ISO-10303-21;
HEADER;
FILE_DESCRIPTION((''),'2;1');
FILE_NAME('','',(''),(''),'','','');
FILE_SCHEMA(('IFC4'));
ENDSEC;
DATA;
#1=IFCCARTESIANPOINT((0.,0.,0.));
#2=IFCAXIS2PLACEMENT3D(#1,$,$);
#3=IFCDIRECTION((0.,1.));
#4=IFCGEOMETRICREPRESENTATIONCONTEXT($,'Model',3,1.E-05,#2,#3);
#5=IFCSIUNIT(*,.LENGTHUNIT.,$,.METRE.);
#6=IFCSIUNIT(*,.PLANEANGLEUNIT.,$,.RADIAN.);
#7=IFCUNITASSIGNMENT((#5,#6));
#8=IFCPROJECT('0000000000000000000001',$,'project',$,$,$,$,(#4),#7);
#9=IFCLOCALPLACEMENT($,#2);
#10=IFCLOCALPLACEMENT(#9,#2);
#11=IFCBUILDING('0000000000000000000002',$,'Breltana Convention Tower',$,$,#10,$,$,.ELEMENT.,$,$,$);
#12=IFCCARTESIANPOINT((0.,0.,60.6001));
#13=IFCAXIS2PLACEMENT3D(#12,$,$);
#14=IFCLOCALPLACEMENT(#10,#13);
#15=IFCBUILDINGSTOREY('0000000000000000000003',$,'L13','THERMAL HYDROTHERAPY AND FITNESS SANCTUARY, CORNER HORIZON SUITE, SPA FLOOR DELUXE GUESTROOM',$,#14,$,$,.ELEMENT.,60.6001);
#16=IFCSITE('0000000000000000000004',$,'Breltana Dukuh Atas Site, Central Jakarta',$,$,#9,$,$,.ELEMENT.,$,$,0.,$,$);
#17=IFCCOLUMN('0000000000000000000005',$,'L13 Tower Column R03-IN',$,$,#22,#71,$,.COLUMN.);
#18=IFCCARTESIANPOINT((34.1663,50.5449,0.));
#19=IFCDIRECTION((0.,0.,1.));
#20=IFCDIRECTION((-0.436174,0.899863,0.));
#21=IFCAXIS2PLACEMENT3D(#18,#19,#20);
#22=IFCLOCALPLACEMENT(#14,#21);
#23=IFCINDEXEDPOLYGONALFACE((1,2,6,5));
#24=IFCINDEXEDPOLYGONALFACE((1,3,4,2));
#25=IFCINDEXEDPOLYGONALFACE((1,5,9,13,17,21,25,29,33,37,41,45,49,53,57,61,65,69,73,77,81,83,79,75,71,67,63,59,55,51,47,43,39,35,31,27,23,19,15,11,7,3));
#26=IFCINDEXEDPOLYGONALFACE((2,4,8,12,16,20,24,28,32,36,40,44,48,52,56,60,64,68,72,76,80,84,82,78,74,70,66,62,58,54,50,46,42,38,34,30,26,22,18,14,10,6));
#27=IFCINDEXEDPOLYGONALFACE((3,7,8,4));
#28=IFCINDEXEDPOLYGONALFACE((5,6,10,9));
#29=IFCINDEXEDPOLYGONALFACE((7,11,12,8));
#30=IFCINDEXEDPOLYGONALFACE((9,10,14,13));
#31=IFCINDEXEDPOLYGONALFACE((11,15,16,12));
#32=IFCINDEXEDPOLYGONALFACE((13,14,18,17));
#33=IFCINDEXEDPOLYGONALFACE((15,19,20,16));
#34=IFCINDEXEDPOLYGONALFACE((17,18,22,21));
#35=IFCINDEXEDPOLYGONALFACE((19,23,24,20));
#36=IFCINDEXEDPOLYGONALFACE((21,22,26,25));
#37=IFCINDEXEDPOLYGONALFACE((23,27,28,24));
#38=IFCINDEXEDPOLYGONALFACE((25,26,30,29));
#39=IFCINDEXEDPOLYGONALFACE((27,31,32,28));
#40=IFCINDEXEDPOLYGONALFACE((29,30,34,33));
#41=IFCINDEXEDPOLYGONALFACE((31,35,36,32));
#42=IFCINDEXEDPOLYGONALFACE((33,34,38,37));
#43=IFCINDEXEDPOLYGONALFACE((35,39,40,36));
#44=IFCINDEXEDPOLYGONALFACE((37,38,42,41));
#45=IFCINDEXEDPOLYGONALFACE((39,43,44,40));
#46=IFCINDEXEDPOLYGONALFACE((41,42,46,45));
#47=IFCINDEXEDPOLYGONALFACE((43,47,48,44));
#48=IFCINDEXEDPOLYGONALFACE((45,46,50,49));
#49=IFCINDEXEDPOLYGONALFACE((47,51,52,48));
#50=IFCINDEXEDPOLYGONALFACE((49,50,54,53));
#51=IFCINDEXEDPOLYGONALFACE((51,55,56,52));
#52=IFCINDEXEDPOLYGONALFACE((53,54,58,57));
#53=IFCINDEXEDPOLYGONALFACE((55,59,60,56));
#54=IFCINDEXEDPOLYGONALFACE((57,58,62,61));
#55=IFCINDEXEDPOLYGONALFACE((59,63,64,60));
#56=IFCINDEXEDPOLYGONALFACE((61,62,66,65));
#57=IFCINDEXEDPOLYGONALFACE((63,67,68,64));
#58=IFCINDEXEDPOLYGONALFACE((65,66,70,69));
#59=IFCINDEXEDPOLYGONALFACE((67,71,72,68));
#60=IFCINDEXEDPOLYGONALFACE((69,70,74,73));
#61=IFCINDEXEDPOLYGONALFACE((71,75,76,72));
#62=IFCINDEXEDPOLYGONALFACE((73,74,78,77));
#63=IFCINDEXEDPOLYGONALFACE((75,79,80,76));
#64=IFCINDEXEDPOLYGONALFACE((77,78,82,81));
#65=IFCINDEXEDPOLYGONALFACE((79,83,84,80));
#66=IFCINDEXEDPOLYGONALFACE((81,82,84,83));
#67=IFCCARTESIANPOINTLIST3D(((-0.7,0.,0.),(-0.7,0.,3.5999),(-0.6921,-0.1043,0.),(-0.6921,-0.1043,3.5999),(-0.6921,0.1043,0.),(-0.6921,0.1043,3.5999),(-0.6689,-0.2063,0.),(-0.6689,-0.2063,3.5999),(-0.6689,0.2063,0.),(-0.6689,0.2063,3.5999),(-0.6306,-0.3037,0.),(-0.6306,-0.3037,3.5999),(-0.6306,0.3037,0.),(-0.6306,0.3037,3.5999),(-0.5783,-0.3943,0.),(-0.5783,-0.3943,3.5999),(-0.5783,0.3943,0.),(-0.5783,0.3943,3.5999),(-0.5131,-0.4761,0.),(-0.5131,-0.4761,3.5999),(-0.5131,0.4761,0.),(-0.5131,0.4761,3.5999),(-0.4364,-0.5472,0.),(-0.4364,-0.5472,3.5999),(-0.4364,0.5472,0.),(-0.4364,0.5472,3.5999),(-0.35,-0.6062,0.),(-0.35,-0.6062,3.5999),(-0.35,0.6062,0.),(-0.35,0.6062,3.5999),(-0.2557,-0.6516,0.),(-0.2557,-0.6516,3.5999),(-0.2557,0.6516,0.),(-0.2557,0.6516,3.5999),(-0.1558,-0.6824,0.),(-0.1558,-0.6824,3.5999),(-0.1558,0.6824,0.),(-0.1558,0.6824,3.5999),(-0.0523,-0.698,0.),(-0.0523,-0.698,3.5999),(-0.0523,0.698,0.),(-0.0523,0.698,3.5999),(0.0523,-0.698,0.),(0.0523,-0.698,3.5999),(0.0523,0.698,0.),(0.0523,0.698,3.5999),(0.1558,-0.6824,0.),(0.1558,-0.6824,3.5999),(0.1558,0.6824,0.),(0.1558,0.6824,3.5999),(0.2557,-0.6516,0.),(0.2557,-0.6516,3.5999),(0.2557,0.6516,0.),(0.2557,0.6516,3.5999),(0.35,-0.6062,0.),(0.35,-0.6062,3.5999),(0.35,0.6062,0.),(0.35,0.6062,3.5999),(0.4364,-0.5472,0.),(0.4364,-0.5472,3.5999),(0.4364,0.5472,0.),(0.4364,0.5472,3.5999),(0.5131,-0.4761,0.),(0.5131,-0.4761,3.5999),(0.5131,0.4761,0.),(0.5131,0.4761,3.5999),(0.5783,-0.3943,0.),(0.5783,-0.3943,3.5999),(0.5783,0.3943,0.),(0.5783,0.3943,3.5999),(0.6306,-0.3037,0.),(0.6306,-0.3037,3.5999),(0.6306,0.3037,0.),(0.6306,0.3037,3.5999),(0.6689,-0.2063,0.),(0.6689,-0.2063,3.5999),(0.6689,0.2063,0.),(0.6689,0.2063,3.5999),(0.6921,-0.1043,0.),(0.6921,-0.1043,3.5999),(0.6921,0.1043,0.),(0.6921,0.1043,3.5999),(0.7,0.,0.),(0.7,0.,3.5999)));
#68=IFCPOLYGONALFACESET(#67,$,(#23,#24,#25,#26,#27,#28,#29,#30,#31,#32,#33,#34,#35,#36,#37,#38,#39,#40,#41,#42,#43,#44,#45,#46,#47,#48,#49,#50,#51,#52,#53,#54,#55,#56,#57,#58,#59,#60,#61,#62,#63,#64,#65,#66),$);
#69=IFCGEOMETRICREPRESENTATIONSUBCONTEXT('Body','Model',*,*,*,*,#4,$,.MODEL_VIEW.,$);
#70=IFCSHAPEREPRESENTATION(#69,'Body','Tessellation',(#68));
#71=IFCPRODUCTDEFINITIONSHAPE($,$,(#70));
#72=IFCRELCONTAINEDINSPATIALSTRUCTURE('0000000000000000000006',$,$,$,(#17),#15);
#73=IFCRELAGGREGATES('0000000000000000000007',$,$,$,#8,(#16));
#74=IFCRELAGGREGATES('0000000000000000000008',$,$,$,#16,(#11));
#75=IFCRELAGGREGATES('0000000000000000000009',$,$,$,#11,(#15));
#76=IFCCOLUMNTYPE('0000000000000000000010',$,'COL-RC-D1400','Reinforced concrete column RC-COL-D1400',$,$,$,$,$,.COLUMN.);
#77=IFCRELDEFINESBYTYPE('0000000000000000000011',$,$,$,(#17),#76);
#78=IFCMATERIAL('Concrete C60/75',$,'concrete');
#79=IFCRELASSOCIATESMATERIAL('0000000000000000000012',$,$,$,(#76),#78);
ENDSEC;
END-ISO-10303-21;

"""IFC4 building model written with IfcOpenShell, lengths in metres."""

from ifc_helpers import new_model, si_unit, direction, frame, origin, origin_2d, place, context, subcontext, project, spatial, circle, extrude, source, transform, mapped, material, material_profile, profile_set, type_object, element, save


model = new_model("IFC4")

# Units and contexts
model_context = context("Model", 3, precision=1e-05, world=origin(), true_north=direction((0.0, 1.0)))
body_context = subcontext(model_context, "Body", "Model", "MODEL_VIEW")
ifc_project = project(units=[si_unit("LENGTHUNIT", "METRE"), si_unit("PLANEANGLEUNIT", "RADIAN")], contexts=[model_context])

# Site, building, storey
site_placement = place(None, origin())
site = spatial("IfcSite", under=ifc_project, at=site_placement, Name="Breltana Dukuh Atas Site, Central Jakarta", CompositionType="ELEMENT", RefElevation=0.0)
building_placement = place(site_placement, origin())
building = spatial("IfcBuilding", under=site, at=building_placement, Name="Breltana Convention Tower", CompositionType="ELEMENT")
storey_placement = place(building_placement, frame((0.0, 0.0, 60.6001)))
storey = spatial("IfcBuildingStorey", under=building, at=storey_placement, Name="L13", Description="THERMAL HYDROTHERAPY AND FITNESS SANCTUARY, CORNER HORIZON SUITE, SPA FLOOR DELUXE GUESTROOM", CompositionType="ELEMENT", Elevation=60.6001)

# Column
ifc_material_1 = material(Name="Concrete C60/75", Category="concrete")
ifc_material_profile_1 = material_profile(ifc_material_1, circle(Radius=0.7, at=origin_2d()), Name="RC-COL-D1400")
ifc_profile_set_1 = profile_set([ifc_material_profile_1], Name="Concrete C60/75")
column_type_1 = type_object("IfcColumnType", Name="COL-RC-D1400", Description="Reinforced concrete column RC-COL-D1400", PredefinedType="COLUMN", material=ifc_profile_set_1)
shared_shape_1 = source(origin(), body_context, "Body", "SweptSolid", [
    extrude(circle(Radius=0.7, at=origin_2d()), origin(), (0.0, 0.0, 1.0), 3.5999),
])
for number, where, z_axis, x_axis, name in (
    (1, (34.1663, 50.5449, 0.0), (0.0, 0.0, 1.0), (-0.436174, 0.899863, 0.0), "L13 Tower Column R03-IN"),
):
    element("IfcColumn", number, at=place(storey_placement, frame(where, z_axis=z_axis, x_axis=x_axis)), inside=storey, type_object=column_type_1, Name=name, PredefinedType="COLUMN", context=body_context, shape_type="MappedRepresentation", body=[
        mapped(shared_shape_1, transform((0.0, 0.0, 0.0), scale=1.0)),
    ])

save(model, "model.ifc")
